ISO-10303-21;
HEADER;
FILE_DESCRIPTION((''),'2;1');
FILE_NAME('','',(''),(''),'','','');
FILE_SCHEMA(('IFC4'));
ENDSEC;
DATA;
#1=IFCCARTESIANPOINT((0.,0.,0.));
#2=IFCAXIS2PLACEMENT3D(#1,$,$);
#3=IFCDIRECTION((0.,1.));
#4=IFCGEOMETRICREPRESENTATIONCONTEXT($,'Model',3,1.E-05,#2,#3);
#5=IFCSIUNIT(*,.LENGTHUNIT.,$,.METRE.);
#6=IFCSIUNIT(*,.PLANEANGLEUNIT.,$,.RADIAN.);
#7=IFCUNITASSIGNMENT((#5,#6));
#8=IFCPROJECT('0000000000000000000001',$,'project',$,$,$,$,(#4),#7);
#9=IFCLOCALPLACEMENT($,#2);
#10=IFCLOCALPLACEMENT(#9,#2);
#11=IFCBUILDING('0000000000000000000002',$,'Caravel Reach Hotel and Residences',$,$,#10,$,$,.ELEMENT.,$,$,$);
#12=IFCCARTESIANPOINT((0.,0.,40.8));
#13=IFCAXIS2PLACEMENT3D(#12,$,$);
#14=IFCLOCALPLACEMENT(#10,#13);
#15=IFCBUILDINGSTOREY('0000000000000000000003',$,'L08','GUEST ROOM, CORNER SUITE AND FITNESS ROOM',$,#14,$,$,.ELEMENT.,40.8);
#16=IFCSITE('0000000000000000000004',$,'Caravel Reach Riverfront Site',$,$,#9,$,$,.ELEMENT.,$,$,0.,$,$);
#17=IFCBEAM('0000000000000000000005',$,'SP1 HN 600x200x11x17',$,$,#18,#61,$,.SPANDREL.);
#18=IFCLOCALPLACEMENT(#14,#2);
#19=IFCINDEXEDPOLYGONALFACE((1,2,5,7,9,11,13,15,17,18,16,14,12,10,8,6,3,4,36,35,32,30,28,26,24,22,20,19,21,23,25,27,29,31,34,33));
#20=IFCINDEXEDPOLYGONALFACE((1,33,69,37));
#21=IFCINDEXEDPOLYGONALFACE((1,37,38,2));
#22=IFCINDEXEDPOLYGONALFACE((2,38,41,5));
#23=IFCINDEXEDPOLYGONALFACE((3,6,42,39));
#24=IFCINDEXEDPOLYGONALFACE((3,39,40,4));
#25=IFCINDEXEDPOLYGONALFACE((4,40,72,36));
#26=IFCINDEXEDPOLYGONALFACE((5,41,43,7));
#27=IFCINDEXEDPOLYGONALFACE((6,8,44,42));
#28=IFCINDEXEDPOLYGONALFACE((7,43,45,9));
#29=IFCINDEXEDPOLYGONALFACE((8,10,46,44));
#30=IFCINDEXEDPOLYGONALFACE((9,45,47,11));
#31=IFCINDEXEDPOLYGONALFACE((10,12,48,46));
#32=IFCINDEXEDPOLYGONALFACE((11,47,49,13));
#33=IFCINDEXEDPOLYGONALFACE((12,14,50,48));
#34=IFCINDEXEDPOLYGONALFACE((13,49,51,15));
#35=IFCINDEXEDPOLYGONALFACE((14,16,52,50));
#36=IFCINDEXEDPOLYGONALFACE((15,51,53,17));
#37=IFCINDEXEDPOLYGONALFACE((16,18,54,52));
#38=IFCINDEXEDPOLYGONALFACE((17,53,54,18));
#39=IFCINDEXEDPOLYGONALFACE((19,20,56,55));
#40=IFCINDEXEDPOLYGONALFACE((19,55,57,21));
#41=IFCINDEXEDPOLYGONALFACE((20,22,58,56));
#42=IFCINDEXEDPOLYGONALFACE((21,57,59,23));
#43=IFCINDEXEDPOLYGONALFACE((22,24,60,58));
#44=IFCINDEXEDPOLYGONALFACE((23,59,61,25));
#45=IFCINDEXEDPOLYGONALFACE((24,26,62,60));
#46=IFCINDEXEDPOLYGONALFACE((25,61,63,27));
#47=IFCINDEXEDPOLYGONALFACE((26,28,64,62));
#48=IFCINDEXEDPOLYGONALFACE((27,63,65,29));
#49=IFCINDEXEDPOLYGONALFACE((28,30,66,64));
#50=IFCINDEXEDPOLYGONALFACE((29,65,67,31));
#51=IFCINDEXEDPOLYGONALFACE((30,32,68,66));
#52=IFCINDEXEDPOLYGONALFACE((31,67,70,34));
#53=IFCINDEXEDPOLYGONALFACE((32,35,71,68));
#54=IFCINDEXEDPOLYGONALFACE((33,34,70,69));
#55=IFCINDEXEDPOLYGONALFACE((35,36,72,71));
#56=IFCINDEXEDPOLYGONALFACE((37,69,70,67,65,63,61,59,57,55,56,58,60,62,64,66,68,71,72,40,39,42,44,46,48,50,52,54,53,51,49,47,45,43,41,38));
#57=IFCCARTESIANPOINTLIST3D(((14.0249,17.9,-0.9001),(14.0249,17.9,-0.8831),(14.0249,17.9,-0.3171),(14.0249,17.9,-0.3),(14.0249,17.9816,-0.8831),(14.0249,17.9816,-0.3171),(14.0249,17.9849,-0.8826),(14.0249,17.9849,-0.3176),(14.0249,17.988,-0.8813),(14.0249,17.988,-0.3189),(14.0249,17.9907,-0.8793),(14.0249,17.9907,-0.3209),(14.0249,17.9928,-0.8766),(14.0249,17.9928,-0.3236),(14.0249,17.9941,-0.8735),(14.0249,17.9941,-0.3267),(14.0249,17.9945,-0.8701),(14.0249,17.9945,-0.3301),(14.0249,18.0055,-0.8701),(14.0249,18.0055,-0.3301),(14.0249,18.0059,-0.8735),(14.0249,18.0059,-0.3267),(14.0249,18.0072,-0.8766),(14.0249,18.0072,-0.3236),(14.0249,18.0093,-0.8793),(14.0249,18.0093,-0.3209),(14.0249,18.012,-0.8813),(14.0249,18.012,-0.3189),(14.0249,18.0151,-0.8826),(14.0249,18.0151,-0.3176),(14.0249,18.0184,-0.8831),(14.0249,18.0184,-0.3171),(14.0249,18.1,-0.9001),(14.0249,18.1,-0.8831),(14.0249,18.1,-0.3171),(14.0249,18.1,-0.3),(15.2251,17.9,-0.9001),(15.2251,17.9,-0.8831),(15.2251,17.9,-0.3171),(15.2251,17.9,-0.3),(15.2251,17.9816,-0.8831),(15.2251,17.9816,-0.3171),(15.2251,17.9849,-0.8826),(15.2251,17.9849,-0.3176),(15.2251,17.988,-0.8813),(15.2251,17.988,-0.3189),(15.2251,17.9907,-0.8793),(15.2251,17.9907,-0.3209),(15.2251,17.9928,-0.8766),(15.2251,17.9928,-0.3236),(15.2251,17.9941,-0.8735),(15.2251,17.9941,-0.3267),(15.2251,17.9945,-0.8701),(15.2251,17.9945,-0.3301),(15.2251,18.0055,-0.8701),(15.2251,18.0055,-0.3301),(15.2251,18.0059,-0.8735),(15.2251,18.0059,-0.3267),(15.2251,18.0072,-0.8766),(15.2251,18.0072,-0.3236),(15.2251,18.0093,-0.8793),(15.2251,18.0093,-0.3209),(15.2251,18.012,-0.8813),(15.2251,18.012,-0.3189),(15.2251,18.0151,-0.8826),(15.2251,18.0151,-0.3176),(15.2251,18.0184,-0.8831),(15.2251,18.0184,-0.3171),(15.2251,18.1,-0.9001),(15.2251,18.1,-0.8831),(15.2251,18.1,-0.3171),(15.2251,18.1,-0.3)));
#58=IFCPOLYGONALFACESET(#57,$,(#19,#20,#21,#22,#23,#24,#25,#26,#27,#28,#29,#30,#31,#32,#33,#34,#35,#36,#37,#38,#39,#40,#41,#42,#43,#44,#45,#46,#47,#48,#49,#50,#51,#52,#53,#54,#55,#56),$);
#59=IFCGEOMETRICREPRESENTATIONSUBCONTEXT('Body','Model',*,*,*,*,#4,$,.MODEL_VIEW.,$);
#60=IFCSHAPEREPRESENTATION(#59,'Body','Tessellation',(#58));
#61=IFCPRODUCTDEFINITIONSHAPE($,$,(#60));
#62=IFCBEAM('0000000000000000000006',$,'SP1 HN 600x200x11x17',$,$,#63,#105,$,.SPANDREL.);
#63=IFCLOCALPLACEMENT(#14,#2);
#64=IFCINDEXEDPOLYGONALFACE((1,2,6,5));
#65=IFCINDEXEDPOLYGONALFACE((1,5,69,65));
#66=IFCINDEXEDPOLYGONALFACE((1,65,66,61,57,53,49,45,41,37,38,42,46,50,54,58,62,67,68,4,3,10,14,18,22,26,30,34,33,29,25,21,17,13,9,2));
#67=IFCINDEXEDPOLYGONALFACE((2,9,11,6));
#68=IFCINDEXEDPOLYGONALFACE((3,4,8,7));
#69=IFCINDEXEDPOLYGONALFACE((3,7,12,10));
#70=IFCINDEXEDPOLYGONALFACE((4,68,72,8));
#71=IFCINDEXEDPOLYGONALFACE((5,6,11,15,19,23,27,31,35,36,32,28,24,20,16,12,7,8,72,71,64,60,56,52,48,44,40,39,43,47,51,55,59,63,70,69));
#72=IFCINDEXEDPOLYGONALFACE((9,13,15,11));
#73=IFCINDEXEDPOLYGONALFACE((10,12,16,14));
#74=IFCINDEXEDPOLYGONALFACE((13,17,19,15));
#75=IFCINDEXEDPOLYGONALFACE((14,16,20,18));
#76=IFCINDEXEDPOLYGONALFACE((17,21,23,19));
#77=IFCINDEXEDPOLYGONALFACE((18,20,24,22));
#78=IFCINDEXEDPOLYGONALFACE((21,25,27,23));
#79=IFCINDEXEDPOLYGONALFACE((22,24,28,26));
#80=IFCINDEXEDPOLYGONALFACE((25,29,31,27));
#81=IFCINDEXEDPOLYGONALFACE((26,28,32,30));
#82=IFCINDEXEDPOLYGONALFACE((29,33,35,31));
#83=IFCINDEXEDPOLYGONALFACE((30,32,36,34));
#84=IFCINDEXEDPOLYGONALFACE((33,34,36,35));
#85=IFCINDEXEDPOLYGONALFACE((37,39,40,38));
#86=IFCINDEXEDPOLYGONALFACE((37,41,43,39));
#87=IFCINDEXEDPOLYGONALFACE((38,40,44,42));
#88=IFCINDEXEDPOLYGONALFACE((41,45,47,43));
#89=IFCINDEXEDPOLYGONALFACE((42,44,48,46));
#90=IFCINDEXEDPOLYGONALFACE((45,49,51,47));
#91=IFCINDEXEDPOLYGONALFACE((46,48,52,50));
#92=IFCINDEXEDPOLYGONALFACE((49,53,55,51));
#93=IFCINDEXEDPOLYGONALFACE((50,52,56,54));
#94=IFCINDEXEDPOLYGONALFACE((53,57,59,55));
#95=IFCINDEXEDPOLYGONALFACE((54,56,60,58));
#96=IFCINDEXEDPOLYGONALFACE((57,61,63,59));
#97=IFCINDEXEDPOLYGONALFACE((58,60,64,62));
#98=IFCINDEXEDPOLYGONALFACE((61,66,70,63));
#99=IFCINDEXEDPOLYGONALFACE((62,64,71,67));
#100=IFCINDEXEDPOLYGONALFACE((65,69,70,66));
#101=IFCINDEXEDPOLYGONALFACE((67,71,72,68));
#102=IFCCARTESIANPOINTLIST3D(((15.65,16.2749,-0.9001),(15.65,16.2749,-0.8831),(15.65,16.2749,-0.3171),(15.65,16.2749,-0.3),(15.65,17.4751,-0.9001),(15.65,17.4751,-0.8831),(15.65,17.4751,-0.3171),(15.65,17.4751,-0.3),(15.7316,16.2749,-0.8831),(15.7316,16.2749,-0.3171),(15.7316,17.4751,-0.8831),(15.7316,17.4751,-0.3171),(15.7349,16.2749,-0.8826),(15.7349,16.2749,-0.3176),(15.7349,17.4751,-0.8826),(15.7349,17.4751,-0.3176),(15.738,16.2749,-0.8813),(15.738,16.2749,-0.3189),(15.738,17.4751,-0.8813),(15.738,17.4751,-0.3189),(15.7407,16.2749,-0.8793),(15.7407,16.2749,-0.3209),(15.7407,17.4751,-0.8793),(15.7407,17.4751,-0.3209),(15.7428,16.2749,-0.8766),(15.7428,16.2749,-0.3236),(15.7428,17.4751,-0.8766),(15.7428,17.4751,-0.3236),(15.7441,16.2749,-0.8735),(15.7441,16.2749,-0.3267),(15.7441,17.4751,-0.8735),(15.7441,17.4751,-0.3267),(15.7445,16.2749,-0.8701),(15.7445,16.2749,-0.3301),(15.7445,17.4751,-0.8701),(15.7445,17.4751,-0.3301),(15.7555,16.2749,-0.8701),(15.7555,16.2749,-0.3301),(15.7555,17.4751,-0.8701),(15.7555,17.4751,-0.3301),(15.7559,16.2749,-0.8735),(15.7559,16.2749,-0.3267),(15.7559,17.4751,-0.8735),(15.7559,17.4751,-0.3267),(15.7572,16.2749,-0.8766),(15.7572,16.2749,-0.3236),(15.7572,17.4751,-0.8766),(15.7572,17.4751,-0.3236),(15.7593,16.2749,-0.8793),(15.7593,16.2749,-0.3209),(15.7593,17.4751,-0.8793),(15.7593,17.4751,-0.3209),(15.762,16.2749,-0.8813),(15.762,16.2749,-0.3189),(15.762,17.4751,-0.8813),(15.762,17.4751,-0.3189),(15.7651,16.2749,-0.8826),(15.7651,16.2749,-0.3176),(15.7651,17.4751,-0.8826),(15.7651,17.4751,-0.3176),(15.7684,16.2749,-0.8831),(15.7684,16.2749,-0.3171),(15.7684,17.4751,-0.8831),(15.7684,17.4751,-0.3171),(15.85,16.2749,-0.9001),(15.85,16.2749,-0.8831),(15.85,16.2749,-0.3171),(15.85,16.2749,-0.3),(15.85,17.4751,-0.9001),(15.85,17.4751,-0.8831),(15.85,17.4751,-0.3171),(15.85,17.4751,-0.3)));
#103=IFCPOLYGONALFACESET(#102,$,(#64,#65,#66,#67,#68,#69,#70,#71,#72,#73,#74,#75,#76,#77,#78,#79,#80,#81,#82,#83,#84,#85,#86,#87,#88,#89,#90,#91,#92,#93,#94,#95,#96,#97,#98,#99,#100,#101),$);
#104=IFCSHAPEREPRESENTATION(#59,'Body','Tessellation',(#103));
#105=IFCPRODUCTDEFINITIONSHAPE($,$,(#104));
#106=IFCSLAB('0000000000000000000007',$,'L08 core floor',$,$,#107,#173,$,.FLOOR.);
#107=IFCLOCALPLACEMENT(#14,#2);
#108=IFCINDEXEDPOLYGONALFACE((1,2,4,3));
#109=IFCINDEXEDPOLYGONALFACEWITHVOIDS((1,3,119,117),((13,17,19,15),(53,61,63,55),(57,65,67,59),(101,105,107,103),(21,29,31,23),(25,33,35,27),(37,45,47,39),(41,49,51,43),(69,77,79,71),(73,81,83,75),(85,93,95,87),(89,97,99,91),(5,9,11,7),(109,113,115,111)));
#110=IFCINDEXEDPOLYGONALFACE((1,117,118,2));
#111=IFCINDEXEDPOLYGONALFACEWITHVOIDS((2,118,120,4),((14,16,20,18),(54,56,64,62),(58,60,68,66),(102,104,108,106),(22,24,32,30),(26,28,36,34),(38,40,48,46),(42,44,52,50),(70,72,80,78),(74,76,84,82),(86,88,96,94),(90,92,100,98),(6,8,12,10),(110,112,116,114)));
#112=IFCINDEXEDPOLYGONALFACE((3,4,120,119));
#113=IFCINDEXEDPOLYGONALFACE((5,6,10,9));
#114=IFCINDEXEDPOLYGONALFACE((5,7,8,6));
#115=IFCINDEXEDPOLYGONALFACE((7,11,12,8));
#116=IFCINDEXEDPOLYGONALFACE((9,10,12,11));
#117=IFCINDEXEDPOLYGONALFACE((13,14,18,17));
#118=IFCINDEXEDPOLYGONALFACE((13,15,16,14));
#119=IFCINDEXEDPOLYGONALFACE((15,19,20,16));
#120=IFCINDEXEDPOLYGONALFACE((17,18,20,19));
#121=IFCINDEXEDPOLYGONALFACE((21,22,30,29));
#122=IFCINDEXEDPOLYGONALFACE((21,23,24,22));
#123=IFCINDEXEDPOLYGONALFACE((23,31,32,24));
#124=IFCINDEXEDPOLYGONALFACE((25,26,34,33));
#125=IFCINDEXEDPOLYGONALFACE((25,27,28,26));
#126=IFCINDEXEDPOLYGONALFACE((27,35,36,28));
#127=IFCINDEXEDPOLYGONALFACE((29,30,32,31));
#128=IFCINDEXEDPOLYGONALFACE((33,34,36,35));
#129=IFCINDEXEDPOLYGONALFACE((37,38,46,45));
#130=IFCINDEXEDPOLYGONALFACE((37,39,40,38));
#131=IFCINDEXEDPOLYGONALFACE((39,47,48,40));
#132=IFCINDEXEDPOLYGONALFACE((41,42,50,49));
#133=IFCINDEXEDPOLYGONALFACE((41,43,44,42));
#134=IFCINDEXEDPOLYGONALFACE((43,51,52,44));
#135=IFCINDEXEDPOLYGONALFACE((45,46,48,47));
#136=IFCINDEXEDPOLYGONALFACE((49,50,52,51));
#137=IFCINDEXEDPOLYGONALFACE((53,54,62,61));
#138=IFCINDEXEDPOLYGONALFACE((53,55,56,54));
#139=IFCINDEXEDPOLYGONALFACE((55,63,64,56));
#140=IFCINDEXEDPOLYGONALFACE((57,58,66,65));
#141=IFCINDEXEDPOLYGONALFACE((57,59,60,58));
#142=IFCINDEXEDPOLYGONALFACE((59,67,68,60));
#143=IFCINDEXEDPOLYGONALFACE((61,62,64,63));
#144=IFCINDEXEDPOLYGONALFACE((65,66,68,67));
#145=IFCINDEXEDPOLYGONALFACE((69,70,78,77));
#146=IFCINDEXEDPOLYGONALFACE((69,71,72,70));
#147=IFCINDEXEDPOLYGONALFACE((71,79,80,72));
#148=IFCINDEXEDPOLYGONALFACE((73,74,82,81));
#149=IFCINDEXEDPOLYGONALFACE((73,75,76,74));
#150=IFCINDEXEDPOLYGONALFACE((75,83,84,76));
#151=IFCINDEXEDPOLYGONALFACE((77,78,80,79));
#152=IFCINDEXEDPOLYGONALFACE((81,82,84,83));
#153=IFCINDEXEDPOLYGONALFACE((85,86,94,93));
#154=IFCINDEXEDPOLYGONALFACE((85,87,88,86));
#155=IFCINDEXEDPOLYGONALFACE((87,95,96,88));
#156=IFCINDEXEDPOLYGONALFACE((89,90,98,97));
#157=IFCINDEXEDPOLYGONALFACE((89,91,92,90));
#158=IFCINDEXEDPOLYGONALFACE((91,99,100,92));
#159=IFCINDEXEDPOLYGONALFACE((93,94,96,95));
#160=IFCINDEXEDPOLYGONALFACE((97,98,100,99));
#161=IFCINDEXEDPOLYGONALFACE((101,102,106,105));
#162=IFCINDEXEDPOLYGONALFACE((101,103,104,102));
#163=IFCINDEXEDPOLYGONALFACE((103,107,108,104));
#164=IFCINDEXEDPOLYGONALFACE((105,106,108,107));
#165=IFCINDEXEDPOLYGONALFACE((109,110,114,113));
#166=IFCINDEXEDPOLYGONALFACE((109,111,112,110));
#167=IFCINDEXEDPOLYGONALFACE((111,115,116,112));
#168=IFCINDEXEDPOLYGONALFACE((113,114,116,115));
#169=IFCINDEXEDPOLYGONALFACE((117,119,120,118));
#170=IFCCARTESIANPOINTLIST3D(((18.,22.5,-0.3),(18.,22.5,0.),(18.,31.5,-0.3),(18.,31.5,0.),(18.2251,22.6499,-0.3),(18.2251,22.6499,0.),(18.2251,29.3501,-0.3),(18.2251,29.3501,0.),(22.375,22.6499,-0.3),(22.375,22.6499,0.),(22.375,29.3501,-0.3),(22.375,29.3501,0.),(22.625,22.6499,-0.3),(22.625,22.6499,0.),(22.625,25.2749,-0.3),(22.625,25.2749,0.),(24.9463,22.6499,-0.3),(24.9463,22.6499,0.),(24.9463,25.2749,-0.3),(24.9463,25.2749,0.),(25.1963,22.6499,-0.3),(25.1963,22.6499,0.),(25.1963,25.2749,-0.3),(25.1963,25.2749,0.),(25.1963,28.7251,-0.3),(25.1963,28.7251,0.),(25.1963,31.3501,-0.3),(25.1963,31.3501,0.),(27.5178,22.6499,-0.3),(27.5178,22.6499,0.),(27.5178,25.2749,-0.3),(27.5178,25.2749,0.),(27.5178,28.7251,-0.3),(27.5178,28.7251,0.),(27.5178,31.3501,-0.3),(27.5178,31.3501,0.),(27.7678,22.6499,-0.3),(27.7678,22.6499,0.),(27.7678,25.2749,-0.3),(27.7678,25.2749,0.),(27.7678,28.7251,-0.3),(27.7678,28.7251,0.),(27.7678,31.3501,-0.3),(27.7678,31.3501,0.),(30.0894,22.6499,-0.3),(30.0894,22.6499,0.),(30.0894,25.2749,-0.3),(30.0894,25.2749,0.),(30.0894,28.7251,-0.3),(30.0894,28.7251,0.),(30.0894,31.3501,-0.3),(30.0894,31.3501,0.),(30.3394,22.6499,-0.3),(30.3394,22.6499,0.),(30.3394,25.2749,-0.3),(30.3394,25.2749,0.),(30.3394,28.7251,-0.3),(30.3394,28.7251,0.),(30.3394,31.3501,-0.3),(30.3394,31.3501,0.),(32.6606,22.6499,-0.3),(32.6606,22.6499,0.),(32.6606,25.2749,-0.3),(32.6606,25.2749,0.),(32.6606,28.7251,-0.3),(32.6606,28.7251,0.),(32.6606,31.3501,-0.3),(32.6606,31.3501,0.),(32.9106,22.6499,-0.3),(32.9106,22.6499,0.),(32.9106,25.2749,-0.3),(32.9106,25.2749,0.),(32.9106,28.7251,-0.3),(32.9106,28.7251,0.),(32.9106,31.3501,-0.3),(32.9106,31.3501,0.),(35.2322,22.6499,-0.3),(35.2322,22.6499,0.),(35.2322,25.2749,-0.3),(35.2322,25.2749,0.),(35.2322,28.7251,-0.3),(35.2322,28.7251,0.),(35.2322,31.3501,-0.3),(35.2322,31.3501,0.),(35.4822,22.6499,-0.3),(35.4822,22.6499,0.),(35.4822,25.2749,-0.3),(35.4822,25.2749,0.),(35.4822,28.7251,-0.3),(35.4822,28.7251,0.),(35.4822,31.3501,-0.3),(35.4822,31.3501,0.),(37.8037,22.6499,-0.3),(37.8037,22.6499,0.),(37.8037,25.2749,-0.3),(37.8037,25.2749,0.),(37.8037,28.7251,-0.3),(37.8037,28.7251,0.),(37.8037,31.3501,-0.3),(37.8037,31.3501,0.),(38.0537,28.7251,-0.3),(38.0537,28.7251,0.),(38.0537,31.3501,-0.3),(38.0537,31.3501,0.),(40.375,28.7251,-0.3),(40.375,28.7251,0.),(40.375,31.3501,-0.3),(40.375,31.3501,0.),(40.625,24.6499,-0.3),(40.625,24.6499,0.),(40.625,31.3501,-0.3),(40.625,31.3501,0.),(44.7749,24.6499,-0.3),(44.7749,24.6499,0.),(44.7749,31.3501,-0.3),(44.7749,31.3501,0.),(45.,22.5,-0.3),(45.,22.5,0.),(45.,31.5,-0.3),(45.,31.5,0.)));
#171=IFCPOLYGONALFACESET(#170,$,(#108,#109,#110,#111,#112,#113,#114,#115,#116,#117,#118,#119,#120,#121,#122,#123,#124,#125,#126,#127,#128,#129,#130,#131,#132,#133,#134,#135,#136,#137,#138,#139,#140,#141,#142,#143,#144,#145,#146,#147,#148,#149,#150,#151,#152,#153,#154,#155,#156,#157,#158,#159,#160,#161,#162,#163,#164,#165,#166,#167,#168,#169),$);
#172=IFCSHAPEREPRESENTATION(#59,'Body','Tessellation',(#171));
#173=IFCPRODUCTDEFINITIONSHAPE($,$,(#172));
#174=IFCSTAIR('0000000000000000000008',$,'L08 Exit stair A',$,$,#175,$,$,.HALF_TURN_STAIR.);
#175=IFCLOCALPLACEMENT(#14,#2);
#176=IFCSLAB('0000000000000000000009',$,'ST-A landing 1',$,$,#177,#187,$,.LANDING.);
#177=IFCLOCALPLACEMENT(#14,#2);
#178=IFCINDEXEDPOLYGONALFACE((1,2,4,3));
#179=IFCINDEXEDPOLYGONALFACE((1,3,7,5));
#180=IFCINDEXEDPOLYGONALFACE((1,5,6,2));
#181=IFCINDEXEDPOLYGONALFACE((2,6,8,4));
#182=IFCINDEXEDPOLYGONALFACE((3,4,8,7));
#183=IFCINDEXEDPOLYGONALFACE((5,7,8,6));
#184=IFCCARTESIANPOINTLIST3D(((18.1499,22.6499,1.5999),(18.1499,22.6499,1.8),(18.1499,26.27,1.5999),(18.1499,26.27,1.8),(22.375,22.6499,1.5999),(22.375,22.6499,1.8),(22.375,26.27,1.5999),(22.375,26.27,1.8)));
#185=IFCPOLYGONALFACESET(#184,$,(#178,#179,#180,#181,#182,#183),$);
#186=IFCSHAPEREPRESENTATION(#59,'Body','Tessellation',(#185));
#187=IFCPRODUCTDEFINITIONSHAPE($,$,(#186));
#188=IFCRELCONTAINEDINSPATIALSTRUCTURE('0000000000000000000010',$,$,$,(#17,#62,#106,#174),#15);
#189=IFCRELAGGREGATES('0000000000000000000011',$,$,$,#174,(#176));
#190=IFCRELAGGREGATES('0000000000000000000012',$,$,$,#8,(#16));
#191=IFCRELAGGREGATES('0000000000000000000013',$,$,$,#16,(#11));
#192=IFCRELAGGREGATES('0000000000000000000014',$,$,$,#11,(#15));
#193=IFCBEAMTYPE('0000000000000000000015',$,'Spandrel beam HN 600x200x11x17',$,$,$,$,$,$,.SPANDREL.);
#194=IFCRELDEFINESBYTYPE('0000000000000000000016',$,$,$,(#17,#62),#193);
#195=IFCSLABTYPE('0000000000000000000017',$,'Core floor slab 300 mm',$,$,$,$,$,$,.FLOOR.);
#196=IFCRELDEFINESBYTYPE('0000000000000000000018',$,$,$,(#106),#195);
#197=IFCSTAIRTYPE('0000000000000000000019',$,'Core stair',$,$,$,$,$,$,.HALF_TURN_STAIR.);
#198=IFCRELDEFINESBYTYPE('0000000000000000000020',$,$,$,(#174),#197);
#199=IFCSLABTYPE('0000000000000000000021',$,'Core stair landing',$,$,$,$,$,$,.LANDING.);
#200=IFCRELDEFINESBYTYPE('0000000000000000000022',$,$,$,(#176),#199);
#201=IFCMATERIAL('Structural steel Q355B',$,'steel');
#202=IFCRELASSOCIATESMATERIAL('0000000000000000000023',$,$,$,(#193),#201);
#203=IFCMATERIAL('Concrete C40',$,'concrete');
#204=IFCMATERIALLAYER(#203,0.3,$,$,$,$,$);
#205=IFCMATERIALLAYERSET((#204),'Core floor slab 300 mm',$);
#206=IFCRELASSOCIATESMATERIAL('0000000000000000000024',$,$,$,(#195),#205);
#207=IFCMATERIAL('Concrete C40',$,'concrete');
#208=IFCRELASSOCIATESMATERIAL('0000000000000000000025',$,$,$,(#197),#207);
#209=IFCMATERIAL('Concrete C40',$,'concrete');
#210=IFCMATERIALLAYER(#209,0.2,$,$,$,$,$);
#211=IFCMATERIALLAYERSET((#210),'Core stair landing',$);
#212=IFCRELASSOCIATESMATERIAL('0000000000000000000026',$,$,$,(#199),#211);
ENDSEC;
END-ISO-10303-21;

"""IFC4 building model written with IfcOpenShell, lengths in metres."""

from ifc_helpers import new_model, si_unit, direction, frame, origin, origin_2d, place, context, subcontext, project, spatial, polyline, i_section, outline, extrude, material, layer, layer_set, material_profile, profile_set, type_object, element, aggregate, save


model = new_model("IFC4")

# Units and contexts
model_context = context("Model", 3, precision=1e-05, world=origin(), true_north=direction((0.0, 1.0)))
body_context = subcontext(model_context, "Body", "Model", "MODEL_VIEW")
ifc_project = project(units=[si_unit("LENGTHUNIT", "METRE"), si_unit("PLANEANGLEUNIT", "RADIAN")], contexts=[model_context])

# Site, building, storey
site_placement = place(None, origin())
site = spatial("IfcSite", under=ifc_project, at=site_placement, Name="Caravel Reach Riverfront Site", CompositionType="ELEMENT", RefElevation=0.0)
building_placement = place(site_placement, origin())
building = spatial("IfcBuilding", under=site, at=building_placement, Name="Caravel Reach Hotel and Residences", CompositionType="ELEMENT")
storey_placement = place(building_placement, frame((0.0, 0.0, 40.8)))
storey = spatial("IfcBuildingStorey", under=building, at=storey_placement, Name="L08", Description="GUEST ROOM, CORNER SUITE AND FITNESS ROOM", CompositionType="ELEMENT", Elevation=40.8)

# Beams
ifc_material_1 = material(Name="Structural steel Q355B", Category="steel")
ifc_material_profile_1 = material_profile(ifc_material_1, i_section(OverallWidth=0.2, OverallDepth=0.6001, WebThickness=0.011, FlangeThickness=0.0171, FilletRadius=0.0129, at=origin_2d()), Name="HN 600x200x11x17")
ifc_profile_set_1 = profile_set([ifc_material_profile_1], Name="Structural steel Q355B")
beam_type_1 = type_object("IfcBeamType", Name="Spandrel beam HN 600x200x11x17", PredefinedType="SPANDREL", material=ifc_profile_set_1)
for number, where, z_axis, x_axis, name in (
    (1, (14.0249, 18.0, -0.6001), (1.0, 0.0, 0.0), (0.0, 1.0, 0.0), "SP1 HN 600x200x11x17"),
    (2, (15.75, 17.4751, -0.6001), (0.0, -1.0, 0.0), (1.0, 0.0, 0.0), "SP1 HN 600x200x11x17"),
):
    element("IfcBeam", number, at=place(storey_placement, frame(where, z_axis=z_axis, x_axis=x_axis)), inside=storey, type_object=beam_type_1, Name=name, PredefinedType="SPANDREL", context=body_context, shape_type="SweptSolid", body=[
        extrude(i_section(OverallWidth=0.2, OverallDepth=0.6001, WebThickness=0.011, FlangeThickness=0.0171, FilletRadius=0.0129, at=origin_2d()), origin(), (0.0, 0.0, 1.0), 1.2002),
    ])

# Slab
ifc_material_2 = material(Name="Concrete C40", Category="concrete")
ifc_layer_1 = layer(ifc_material_2, 0.3)
ifc_layer_set_1 = layer_set([ifc_layer_1], Name="Core floor slab 300 mm")
slab_type_1 = type_object("IfcSlabType", Name="Core floor slab 300 mm", PredefinedType="FLOOR", material=ifc_layer_set_1)
slab_1_placement = place(storey_placement, frame((0.0, 0.0, -0.3)))
element("IfcSlab", 3, at=slab_1_placement, inside=storey, type_object=slab_type_1, Name="L08 core floor", PredefinedType="FLOOR", context=body_context, shape_type="SweptSolid", body=[
    extrude(outline(polyline([(18.0, 31.5), (45.0, 31.5), (45.0, 22.5), (18.0, 22.5), (18.0, 31.5)]), holes=[polyline([(22.625, 25.2749), (22.625, 22.6499), (24.9463, 22.6499), (24.9463, 25.2749), (22.625, 25.2749)]), polyline([(27.5178, 25.2749), (25.1963, 25.2749), (25.1963, 22.6499), (27.5178, 22.6499), (27.5178, 25.2749)]), polyline([(30.0894, 25.2749), (27.7678, 25.2749), (27.7678, 22.6499), (30.0894, 22.6499), (30.0894, 25.2749)]), polyline([(32.6606, 25.2749), (30.3394, 25.2749), (30.3394, 22.6499), (32.6606, 22.6499), (32.6606, 25.2749)]), polyline([(18.2251, 22.6499), (22.375, 22.6499), (22.375, 29.3501), (18.2251, 29.3501), (18.2251, 22.6499)]), polyline([(27.5178, 31.3501), (25.1963, 31.3501), (25.1963, 28.7251), (27.5178, 28.7251), (27.5178, 31.3501)]), polyline([(30.0894, 31.3501), (27.7678, 31.3501), (27.7678, 28.7251), (30.0894, 28.7251), (30.0894, 31.3501)]), polyline([(32.9106, 25.2749), (32.9106, 22.6499), (35.2322, 22.6499), (35.2322, 25.2749), (32.9106, 25.2749)]), polyline([(37.8037, 25.2749), (35.4822, 25.2749), (35.4822, 22.6499), (37.8037, 22.6499), (37.8037, 25.2749)]), polyline([(44.7749, 31.3501), (40.625, 31.3501), (40.625, 24.6499), (44.7749, 24.6499), (44.7749, 31.3501)]), polyline([(32.6606, 31.3501), (30.3394, 31.3501), (30.3394, 28.7251), (32.6606, 28.7251), (32.6606, 31.3501)]), polyline([(35.2322, 31.3501), (32.9106, 31.3501), (32.9106, 28.7251), (35.2322, 28.7251), (35.2322, 31.3501)]), polyline([(37.8037, 31.3501), (35.4822, 31.3501), (35.4822, 28.7251), (37.8037, 28.7251), (37.8037, 31.3501)]), polyline([(40.375, 31.3501), (38.0537, 31.3501), (38.0537, 28.7251), (40.375, 28.7251), (40.375, 31.3501)])]), origin(), (0.0, 0.0, 1.0), 0.3),
])

# Stair, slab
ifc_material_3 = material(Name="Concrete C40", Category="concrete")
stair_type = type_object("IfcStairType", Name="Core stair", PredefinedType="HALF_TURN_STAIR", material=ifc_material_3)
stair_1_placement = place(storey_placement, origin())
stair_1 = element("IfcStair", 4, at=stair_1_placement, inside=storey, type_object=stair_type, Name="L08 Exit stair A", PredefinedType="HALF_TURN_STAIR")
ifc_material_4 = material(Name="Concrete C40", Category="concrete")
ifc_layer_2 = layer(ifc_material_4, 0.2)
ifc_layer_set_2 = layer_set([ifc_layer_2], Name="Core stair landing")
slab_type_2 = type_object("IfcSlabType", Name="Core stair landing", PredefinedType="LANDING", material=ifc_layer_set_2)
slab_2_placement = place(storey_placement, frame((0.0, 0.0, 1.5999)))
slab_2 = element("IfcSlab", 5, at=slab_2_placement, type_object=slab_type_2, Name="ST-A landing 1", PredefinedType="LANDING", context=body_context, shape_type="SweptSolid", body=[
    extrude(outline(polyline([(18.1499, 26.27), (18.1499, 22.6499), (22.375, 22.6499), (22.375, 26.27), (18.1499, 26.27)])), origin(), (0.0, 0.0, 1.0), 0.2002),
])
aggregate(stair_1, [slab_2])

save(model, "model.ifc")
